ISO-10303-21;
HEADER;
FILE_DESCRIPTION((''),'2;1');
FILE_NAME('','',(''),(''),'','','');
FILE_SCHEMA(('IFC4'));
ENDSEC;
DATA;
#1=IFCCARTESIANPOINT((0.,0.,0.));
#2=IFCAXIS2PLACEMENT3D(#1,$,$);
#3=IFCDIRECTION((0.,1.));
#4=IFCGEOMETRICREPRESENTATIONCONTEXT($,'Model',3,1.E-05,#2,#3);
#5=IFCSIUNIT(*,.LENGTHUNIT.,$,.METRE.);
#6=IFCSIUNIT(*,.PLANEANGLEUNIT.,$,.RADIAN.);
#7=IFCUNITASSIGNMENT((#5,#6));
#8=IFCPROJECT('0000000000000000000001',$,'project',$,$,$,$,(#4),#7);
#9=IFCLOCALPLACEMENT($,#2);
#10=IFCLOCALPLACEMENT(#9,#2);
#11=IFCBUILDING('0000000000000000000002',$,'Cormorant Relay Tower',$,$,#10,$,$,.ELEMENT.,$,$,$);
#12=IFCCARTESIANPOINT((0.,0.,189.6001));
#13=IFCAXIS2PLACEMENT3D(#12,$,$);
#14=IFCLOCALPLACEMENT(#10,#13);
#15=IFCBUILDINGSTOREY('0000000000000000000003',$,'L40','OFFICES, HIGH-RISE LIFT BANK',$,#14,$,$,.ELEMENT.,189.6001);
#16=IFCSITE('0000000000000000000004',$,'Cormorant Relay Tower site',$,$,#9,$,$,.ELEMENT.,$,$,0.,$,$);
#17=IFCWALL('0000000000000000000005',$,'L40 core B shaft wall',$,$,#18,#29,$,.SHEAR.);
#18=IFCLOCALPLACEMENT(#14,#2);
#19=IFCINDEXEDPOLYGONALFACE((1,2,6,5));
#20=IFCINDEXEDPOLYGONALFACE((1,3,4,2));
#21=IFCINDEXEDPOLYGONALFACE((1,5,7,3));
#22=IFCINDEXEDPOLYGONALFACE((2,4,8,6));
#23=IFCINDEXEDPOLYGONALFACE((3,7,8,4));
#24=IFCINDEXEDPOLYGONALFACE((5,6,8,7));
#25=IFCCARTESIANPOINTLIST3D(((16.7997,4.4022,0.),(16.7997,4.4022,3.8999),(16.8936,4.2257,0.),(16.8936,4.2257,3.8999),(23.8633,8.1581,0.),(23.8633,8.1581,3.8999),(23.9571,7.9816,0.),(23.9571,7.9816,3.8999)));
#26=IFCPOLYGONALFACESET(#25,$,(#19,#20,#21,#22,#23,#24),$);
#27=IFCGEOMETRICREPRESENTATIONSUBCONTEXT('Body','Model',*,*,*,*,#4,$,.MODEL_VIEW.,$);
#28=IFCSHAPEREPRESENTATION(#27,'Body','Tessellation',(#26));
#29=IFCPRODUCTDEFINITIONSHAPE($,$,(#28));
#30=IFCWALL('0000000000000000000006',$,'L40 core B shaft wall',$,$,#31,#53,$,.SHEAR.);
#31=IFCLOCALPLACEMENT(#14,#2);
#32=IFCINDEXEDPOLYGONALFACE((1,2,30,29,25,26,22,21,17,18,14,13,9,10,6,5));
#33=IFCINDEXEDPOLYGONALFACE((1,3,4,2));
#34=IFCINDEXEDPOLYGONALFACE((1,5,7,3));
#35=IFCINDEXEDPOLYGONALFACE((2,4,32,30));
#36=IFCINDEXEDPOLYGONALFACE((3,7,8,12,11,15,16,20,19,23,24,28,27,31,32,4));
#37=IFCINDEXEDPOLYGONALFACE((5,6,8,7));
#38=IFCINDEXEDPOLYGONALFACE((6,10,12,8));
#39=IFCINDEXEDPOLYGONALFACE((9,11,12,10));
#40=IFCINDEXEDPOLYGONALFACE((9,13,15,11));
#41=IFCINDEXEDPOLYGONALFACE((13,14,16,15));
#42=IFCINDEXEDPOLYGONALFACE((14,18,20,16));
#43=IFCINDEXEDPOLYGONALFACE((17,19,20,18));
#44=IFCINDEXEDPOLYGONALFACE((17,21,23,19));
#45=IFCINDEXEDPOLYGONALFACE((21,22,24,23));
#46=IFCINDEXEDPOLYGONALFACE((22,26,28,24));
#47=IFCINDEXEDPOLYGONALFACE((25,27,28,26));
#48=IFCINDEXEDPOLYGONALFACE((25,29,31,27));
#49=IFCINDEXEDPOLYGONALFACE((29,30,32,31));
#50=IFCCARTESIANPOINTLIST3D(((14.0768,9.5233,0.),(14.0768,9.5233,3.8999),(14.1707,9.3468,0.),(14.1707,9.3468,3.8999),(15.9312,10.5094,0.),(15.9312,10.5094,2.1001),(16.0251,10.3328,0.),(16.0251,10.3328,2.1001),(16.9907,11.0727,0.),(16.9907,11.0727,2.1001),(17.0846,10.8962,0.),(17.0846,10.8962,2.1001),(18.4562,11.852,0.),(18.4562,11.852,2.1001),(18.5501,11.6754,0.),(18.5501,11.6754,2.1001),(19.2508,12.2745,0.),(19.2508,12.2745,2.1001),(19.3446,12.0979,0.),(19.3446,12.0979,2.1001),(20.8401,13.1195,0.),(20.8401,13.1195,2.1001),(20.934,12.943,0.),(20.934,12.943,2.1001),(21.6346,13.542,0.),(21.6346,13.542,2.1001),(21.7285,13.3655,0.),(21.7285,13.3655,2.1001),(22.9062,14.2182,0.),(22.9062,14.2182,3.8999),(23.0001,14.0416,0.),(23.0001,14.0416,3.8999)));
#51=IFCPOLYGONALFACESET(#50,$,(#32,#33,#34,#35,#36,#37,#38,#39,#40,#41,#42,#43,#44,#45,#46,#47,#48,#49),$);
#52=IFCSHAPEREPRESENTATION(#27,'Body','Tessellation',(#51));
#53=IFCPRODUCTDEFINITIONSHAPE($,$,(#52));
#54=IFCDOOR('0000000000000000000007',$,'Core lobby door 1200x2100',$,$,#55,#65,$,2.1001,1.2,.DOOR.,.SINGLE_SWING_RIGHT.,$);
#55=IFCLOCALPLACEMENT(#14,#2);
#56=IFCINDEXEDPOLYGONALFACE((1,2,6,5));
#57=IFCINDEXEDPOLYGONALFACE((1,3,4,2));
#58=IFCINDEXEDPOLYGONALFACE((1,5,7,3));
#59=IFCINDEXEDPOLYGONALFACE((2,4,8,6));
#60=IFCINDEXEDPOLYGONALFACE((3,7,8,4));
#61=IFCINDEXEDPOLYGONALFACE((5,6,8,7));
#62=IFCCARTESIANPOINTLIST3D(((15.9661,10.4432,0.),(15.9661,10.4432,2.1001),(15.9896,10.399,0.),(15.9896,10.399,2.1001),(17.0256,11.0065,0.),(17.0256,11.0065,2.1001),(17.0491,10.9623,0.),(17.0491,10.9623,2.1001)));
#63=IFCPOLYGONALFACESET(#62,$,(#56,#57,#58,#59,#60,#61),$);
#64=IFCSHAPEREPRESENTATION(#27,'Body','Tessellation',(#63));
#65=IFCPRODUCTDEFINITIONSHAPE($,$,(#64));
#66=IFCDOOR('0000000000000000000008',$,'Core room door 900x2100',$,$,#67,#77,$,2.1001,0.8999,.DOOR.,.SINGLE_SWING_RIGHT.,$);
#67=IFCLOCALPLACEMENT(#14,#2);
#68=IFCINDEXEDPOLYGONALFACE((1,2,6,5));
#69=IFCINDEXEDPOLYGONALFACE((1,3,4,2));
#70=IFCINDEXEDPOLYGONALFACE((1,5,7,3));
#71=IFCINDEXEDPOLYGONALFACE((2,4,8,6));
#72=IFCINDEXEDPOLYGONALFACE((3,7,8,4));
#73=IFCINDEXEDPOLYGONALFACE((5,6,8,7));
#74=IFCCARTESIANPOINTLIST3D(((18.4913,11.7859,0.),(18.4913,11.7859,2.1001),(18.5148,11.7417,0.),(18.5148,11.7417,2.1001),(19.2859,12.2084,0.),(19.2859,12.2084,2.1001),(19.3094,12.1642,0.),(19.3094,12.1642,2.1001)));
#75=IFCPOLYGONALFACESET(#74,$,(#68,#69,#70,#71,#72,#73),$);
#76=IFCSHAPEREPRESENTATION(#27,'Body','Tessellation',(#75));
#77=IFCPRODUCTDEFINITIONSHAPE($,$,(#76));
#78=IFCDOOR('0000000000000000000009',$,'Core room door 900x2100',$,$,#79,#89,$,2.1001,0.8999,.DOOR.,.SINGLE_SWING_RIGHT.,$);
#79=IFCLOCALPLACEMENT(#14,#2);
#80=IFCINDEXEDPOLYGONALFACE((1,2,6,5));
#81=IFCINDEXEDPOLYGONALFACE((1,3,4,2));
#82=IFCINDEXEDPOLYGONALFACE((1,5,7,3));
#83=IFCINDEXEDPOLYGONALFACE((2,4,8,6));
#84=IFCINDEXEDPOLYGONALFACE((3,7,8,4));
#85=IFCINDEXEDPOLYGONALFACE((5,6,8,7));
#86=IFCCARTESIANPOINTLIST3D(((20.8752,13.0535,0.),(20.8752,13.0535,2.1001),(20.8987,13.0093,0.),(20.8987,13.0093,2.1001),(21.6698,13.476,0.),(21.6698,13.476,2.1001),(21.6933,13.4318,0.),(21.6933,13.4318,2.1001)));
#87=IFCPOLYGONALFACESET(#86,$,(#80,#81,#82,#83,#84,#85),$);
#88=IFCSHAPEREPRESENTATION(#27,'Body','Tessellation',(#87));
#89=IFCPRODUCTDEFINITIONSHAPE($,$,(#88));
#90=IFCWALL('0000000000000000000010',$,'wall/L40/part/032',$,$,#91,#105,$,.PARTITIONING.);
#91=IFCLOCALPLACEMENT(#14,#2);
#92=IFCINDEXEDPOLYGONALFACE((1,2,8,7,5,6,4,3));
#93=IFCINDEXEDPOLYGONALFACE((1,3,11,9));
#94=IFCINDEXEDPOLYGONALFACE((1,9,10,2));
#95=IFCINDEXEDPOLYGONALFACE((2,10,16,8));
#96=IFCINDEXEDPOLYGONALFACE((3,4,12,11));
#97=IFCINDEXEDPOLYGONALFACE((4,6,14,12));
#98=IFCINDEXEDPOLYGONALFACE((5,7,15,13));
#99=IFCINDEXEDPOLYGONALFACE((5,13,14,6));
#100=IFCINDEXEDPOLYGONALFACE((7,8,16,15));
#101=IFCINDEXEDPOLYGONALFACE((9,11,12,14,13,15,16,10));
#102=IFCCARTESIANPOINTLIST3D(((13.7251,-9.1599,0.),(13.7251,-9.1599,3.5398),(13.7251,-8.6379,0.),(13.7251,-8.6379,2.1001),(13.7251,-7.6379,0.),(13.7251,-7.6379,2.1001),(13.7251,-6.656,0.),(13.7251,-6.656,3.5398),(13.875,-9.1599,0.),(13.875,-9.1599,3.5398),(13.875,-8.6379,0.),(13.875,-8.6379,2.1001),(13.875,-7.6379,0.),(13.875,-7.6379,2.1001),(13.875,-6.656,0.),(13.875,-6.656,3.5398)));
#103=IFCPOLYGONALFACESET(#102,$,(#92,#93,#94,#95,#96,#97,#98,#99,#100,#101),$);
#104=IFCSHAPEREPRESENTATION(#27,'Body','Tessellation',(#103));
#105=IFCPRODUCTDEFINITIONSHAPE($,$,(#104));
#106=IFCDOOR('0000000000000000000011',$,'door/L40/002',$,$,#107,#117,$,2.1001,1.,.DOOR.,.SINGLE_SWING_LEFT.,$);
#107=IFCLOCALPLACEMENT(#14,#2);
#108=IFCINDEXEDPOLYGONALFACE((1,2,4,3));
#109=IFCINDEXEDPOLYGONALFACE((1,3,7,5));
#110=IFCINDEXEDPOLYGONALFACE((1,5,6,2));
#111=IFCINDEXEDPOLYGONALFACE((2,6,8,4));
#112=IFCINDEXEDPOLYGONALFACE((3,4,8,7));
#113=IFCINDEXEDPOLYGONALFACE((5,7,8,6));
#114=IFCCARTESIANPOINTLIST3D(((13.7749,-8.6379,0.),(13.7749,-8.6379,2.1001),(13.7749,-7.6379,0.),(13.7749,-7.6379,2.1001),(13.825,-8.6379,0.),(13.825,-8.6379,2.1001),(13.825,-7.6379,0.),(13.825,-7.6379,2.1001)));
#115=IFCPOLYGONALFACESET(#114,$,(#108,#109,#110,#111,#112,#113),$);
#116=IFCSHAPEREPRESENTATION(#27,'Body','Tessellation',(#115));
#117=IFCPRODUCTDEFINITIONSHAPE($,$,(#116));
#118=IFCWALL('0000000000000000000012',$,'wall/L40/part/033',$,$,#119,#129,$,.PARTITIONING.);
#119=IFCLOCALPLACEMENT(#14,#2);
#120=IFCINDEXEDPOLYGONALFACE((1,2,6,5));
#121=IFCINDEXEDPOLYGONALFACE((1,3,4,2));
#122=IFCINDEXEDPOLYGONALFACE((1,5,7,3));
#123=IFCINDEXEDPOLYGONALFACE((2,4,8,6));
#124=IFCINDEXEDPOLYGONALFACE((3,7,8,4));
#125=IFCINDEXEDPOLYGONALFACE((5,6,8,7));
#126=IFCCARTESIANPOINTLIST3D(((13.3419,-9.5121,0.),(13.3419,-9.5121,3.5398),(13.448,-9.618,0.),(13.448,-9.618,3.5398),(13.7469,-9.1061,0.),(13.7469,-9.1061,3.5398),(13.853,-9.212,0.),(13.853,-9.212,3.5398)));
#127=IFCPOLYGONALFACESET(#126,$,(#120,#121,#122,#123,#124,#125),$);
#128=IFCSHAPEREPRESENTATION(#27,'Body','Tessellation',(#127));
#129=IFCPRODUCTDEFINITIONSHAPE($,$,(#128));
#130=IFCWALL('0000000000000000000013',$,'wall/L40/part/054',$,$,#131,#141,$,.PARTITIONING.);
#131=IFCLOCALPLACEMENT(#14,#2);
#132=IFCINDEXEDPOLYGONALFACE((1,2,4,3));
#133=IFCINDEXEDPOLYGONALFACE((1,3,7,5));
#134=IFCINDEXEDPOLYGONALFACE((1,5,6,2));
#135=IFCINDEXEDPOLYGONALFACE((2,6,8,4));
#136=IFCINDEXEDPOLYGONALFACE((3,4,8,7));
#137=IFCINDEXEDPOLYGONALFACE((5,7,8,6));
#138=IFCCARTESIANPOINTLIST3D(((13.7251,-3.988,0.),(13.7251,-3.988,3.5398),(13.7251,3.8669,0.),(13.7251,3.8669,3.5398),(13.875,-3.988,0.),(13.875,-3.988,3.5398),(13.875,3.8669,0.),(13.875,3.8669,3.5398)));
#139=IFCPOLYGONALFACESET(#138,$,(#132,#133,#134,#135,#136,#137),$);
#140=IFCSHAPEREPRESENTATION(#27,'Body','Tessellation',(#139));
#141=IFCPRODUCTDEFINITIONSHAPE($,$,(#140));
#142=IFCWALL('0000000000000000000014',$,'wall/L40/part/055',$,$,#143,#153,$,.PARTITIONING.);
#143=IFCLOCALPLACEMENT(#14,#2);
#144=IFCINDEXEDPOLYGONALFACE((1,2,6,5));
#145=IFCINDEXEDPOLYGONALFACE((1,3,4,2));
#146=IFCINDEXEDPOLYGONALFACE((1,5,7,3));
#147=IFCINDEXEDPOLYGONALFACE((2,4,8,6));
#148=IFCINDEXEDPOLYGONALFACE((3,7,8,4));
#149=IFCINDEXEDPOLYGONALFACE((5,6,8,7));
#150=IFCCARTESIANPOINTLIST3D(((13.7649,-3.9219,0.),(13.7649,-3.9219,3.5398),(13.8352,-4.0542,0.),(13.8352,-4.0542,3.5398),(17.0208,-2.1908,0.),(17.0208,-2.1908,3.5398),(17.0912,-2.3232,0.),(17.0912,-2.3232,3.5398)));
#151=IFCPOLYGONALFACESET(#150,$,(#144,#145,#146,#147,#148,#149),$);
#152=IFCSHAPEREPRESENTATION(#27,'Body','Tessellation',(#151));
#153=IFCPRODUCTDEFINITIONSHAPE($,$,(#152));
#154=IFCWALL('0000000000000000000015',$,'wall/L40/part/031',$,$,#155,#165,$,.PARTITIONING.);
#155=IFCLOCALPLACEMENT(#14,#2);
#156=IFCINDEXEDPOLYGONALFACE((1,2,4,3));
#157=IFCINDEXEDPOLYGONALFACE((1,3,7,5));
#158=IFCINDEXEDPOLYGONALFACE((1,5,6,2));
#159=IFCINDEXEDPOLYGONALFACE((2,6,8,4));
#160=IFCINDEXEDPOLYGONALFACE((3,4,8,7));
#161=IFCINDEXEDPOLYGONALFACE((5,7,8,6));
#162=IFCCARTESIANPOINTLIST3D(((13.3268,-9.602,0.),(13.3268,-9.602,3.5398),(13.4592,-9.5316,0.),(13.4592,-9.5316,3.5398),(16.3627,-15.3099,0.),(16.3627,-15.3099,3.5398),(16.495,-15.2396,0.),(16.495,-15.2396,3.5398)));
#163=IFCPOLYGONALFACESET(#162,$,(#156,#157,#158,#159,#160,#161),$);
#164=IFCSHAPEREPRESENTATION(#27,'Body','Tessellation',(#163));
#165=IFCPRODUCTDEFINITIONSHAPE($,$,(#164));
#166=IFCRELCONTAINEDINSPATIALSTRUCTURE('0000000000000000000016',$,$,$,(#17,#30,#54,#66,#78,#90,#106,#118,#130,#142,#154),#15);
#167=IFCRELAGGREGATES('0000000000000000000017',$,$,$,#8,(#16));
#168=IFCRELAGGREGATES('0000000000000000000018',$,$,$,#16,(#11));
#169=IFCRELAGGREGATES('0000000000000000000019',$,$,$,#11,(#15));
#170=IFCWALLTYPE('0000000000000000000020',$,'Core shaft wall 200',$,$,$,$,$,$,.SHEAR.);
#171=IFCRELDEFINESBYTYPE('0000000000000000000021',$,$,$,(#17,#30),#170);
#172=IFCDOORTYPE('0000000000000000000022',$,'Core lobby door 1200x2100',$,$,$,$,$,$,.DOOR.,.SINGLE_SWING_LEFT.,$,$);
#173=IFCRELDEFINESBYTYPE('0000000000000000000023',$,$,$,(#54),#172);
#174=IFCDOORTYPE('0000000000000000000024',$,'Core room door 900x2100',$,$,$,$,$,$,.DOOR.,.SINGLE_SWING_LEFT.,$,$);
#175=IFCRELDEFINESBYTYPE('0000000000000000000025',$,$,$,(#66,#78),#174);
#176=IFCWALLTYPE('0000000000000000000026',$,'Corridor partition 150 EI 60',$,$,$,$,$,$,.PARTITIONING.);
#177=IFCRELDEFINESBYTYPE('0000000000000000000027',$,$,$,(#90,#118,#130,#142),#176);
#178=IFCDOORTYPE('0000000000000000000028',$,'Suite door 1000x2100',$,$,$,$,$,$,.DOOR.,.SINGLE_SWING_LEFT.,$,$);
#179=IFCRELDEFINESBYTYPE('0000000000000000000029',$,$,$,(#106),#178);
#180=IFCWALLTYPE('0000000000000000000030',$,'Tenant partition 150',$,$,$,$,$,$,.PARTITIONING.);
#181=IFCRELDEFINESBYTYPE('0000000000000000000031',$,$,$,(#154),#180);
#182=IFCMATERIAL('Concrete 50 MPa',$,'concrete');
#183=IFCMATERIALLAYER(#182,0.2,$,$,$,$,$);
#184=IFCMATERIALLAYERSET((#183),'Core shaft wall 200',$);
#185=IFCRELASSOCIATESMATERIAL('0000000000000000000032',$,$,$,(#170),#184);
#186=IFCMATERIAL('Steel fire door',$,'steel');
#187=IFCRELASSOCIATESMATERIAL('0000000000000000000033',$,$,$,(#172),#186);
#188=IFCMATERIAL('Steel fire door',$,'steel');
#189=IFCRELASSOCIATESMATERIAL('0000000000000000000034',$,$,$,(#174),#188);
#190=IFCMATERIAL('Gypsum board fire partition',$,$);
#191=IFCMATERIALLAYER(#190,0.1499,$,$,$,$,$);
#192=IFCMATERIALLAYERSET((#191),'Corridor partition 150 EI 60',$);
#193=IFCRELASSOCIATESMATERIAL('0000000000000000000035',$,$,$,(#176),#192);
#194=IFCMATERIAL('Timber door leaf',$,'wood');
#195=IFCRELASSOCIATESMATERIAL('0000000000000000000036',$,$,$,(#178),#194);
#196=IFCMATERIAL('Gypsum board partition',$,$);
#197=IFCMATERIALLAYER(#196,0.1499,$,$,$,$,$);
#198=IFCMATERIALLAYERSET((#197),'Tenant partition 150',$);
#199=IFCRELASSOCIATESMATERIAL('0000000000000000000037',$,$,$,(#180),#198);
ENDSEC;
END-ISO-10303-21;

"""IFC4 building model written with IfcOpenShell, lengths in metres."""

from ifc_helpers import new_model, si_unit, direction, frame, frame_2d, origin, place, context, subcontext, project, spatial, rectangle, extrude, material, layer, layer_set, type_object, element, fill, save


model = new_model("IFC4")

# Units and contexts
model_context = context("Model", 3, precision=1e-05, world=origin(), true_north=direction((0.0, 1.0)))
body_context = subcontext(model_context, "Body", "Model", "MODEL_VIEW")
ifc_project = project(units=[si_unit("LENGTHUNIT", "METRE"), si_unit("PLANEANGLEUNIT", "RADIAN")], contexts=[model_context])

# Site, building, storey
site_placement = place(None, origin())
site = spatial("IfcSite", under=ifc_project, at=site_placement, Name="Cormorant Relay Tower site", CompositionType="ELEMENT", RefElevation=0.0)
building_placement = place(site_placement, origin())
building = spatial("IfcBuilding", under=site, at=building_placement, Name="Cormorant Relay Tower", CompositionType="ELEMENT")
storey_placement = place(building_placement, frame((0.0, 0.0, 189.6001)))
storey = spatial("IfcBuildingStorey", under=building, at=storey_placement, Name="L40", Description="OFFICES, HIGH-RISE LIFT BANK", CompositionType="ELEMENT", Elevation=189.6001)

# Wall
ifc_material_1 = material(Name="Concrete 50 MPa", Category="concrete")
ifc_layer_1 = layer(ifc_material_1, 0.2)
ifc_layer_set_1 = layer_set([ifc_layer_1], Name="Core shaft wall 200")
wall_type_1 = type_object("IfcWallType", Name="Core shaft wall 200", PredefinedType="SHEAR", material=ifc_layer_set_1)
wall_1_placement = place(storey_placement, frame((16.8467, 4.314, 0.0), z_axis=(0.0, 0.0, 1.0), x_axis=(0.88294, 0.469485, 0.0)))
element("IfcWall", 1, at=wall_1_placement, inside=storey, type_object=wall_type_1, Name="L40 core B shaft wall", PredefinedType="SHEAR", context=body_context, shape_type="SweptSolid", body=[
    extrude(rectangle(XDim=8.0, YDim=0.2, at=frame_2d((4.0, 0.0))), origin(), (0.0, 0.0, 1.0), 3.8999),
])

# Wall, openings, doors
wall_2_placement = place(storey_placement, frame((14.1238, 9.4351, 0.0), z_axis=(0.0, 0.0, 1.0), x_axis=(0.88294, 0.469485, 0.0)))
wall_2 = element("IfcWall", 2, at=wall_2_placement, inside=storey, type_object=wall_type_1, Name="L40 core B shaft wall", PredefinedType="SHEAR", context=body_context, shape_type="SweptSolid", body=[
    extrude(rectangle(XDim=10.0, YDim=0.2, at=frame_2d((5.0, 0.0))), origin(), (0.0, 0.0, 1.0), 3.8999),
])
opening_1_placement = place(wall_2_placement, frame((2.1001, 0.0, 0.0)))
opening_1 = element("IfcOpeningElement", 3, at=opening_1_placement, cuts=wall_2, PredefinedType="OPENING", context=body_context, shape_type="SweptSolid", body=[
    extrude(rectangle(XDim=1.2, YDim=2.1001, at=frame_2d((0.6001, 1.05))), frame((0.0, 0.1099, 0.0), z_axis=(0.0, -1.0, 0.0), x_axis=(1.0, 0.0, 0.0)), (0.0, 0.0, 1.0), 0.22),
])
opening_2_placement = place(wall_2_placement, frame((4.96, 0.0, 0.0)))
opening_2 = element("IfcOpeningElement", 4, at=opening_2_placement, cuts=wall_2, PredefinedType="OPENING", context=body_context, shape_type="SweptSolid", body=[
    extrude(rectangle(XDim=0.8999, YDim=2.1001, at=frame_2d((0.45, 1.05))), frame((0.0, 0.1099, 0.0), z_axis=(0.0, -1.0, 0.0), x_axis=(1.0, 0.0, 0.0)), (0.0, 0.0, 1.0), 0.22),
])
opening_3_placement = place(wall_2_placement, frame((7.6599, 0.0, 0.0)))
opening_3 = element("IfcOpeningElement", 5, at=opening_3_placement, cuts=wall_2, PredefinedType="OPENING", context=body_context, shape_type="SweptSolid", body=[
    extrude(rectangle(XDim=0.8999, YDim=2.1001, at=frame_2d((0.45, 1.05))), frame((0.0, 0.1099, 0.0), z_axis=(0.0, -1.0, 0.0), x_axis=(1.0, 0.0, 0.0)), (0.0, 0.0, 1.0), 0.22),
])
ifc_material_2 = material(Name="Steel fire door", Category="steel")
door_type_1 = type_object("IfcDoorType", Name="Core lobby door 1200x2100", OperationType="SINGLE_SWING_LEFT", PredefinedType="DOOR", material=ifc_material_2)
door_1_placement = place(opening_1_placement, frame((1.2, 0.0, 0.0), z_axis=(0.0, 0.0, 1.0), x_axis=(-1.0, 0.0, 0.0)))
door_1 = element("IfcDoor", 6, at=door_1_placement, inside=storey, type_object=door_type_1, Name="Core lobby door 1200x2100", OperationType="SINGLE_SWING_RIGHT", OverallHeight=2.1001, OverallWidth=1.2, PredefinedType="DOOR", context=body_context, shape_type="SweptSolid", body=[
    extrude(rectangle(XDim=1.2, YDim=2.1001, at=frame_2d((0.6001, 1.05))), frame((0.0, 0.0249, 0.0), z_axis=(0.0, -1.0, 0.0), x_axis=(1.0, 0.0, 0.0)), (0.0, 0.0, 1.0), 0.05),
])
fill(opening_1, door_1)
ifc_material_3 = material(Name="Steel fire door", Category="steel")
door_type_2 = type_object("IfcDoorType", Name="Core room door 900x2100", OperationType="SINGLE_SWING_LEFT", PredefinedType="DOOR", material=ifc_material_3)
door_2_placement = place(opening_2_placement, frame((0.8999, 0.0, 0.0), z_axis=(0.0, 0.0, 1.0), x_axis=(-1.0, 0.0, 0.0)))
door_2 = element("IfcDoor", 7, at=door_2_placement, inside=storey, type_object=door_type_2, Name="Core room door 900x2100", OperationType="SINGLE_SWING_RIGHT", OverallHeight=2.1001, OverallWidth=0.8999, PredefinedType="DOOR", context=body_context, shape_type="SweptSolid", body=[
    extrude(rectangle(XDim=0.8999, YDim=2.1001, at=frame_2d((0.45, 1.05))), frame((0.0, 0.0249, 0.0), z_axis=(0.0, -1.0, 0.0), x_axis=(1.0, 0.0, 0.0)), (0.0, 0.0, 1.0), 0.05),
])
fill(opening_2, door_2)
door_3_placement = place(opening_3_placement, frame((0.8999, 0.0, 0.0), z_axis=(0.0, 0.0, 1.0), x_axis=(-1.0, 0.0, 0.0)))
door_3 = element("IfcDoor", 8, at=door_3_placement, inside=storey, type_object=door_type_2, Name="Core room door 900x2100", OperationType="SINGLE_SWING_RIGHT", OverallHeight=2.1001, OverallWidth=0.8999, PredefinedType="DOOR", context=body_context, shape_type="SweptSolid", body=[
    extrude(rectangle(XDim=0.8999, YDim=2.1001, at=frame_2d((0.45, 1.05))), frame((0.0, 0.0249, 0.0), z_axis=(0.0, -1.0, 0.0), x_axis=(1.0, 0.0, 0.0)), (0.0, 0.0, 1.0), 0.05),
])
fill(opening_3, door_3)

# Wall, opening, door
ifc_material_4 = material(Name="Gypsum board fire partition")
ifc_layer_2 = layer(ifc_material_4, 0.1499)
ifc_layer_set_2 = layer_set([ifc_layer_2], Name="Corridor partition 150 EI 60")
wall_type_2 = type_object("IfcWallType", Name="Corridor partition 150 EI 60", PredefinedType="PARTITIONING", material=ifc_layer_set_2)
wall_3_placement = place(storey_placement, frame((13.8, -6.656, 0.0), z_axis=(0.0, 0.0, 1.0), x_axis=(0.0, -1.0, 0.0)))
wall_3 = element("IfcWall", 9, at=wall_3_placement, inside=storey, type_object=wall_type_2, Name="wall/L40/part/032", PredefinedType="PARTITIONING", context=body_context, shape_type="SweptSolid", body=[
    extrude(rectangle(XDim=2.5039, YDim=0.1499, at=frame_2d((1.252, 0.0))), origin(), (0.0, 0.0, 1.0), 3.5398),
])
opening_4_placement = place(wall_3_placement, frame((0.9819, 0.0, 0.0)))
opening_4 = element("IfcOpeningElement", 10, at=opening_4_placement, cuts=wall_3, PredefinedType="OPENING", context=body_context, shape_type="SweptSolid", body=[
    extrude(rectangle(XDim=1.0, YDim=2.1001, at=frame_2d((0.5, 1.05))), frame((0.0, 0.085, 0.0), z_axis=(0.0, -1.0, 0.0), x_axis=(1.0, 0.0, 0.0)), (0.0, 0.0, 1.0), 0.1699),
])
ifc_material_5 = material(Name="Timber door leaf", Category="wood")
door_type_3 = type_object("IfcDoorType", Name="Suite door 1000x2100", OperationType="SINGLE_SWING_LEFT", PredefinedType="DOOR", material=ifc_material_5)
door_4_placement = place(opening_4_placement, origin())
door_4 = element("IfcDoor", 11, at=door_4_placement, inside=storey, type_object=door_type_3, Name="door/L40/002", OperationType="SINGLE_SWING_LEFT", OverallHeight=2.1001, OverallWidth=1.0, PredefinedType="DOOR", context=body_context, shape_type="SweptSolid", body=[
    extrude(rectangle(XDim=1.0, YDim=2.1001, at=frame_2d((0.5, 1.05))), frame((0.0, 0.0249, 0.0), z_axis=(0.0, -1.0, 0.0), x_axis=(1.0, 0.0, 0.0)), (0.0, 0.0, 1.0), 0.05),
])
fill(opening_4, door_4)

# Walls
wall_4_placement = place(storey_placement, frame((13.395, -9.5649, 0.0), z_axis=(0.0, 0.0, 1.0), x_axis=(0.706255, 0.707958, 0.0)))
element("IfcWall", 12, at=wall_4_placement, inside=storey, type_object=wall_type_2, Name="wall/L40/part/033", PredefinedType="PARTITIONING", context=body_context, shape_type="SweptSolid", body=[
    extrude(rectangle(XDim=0.5735, YDim=0.1499, at=frame_2d((0.2866, 0.0))), origin(), (0.0, 0.0, 1.0), 3.5398),
])
wall_5_placement = place(storey_placement, frame((13.8, 3.8669, 0.0), z_axis=(0.0, 0.0, 1.0), x_axis=(0.0, -1.0, 0.0)))
element("IfcWall", 13, at=wall_5_placement, inside=storey, type_object=wall_type_2, Name="wall/L40/part/054", PredefinedType="PARTITIONING", context=body_context, shape_type="SweptSolid", body=[
    extrude(rectangle(XDim=7.855, YDim=0.1499, at=frame_2d((3.9275, 0.0))), origin(), (0.0, 0.0, 1.0), 3.5398),
])
wall_6_placement = place(storey_placement, frame((13.8, -3.988, 0.0), z_axis=(0.0, 0.0, 1.0), x_axis=(0.882972, 0.469426, 0.0)))
element("IfcWall", 14, at=wall_6_placement, inside=storey, type_object=wall_type_2, Name="wall/L40/part/055", PredefinedType="PARTITIONING", context=body_context, shape_type="SweptSolid", body=[
    extrude(rectangle(XDim=3.6875, YDim=0.1499, at=frame_2d((1.8438, 0.0))), origin(), (0.0, 0.0, 1.0), 3.5398),
])
ifc_material_6 = material(Name="Gypsum board partition")
ifc_layer_3 = layer(ifc_material_6, 0.1499)
ifc_layer_set_3 = layer_set([ifc_layer_3], Name="Tenant partition 150")
wall_type_3 = type_object("IfcWallType", Name="Tenant partition 150", PredefinedType="PARTITIONING", material=ifc_layer_set_3)
wall_7_placement = place(storey_placement, frame((13.3931, -9.5669, 0.0), z_axis=(0.0, 0.0, 1.0), x_axis=(0.469579, -0.882891, 0.0)))
element("IfcWall", 15, at=wall_7_placement, inside=storey, type_object=wall_type_3, Name="wall/L40/part/031", PredefinedType="PARTITIONING", context=body_context, shape_type="SweptSolid", body=[
    extrude(rectangle(XDim=6.4651, YDim=0.1499, at=frame_2d((3.2324, 0.0))), origin(), (0.0, 0.0, 1.0), 3.5398),
])

save(model, "model.ifc")
